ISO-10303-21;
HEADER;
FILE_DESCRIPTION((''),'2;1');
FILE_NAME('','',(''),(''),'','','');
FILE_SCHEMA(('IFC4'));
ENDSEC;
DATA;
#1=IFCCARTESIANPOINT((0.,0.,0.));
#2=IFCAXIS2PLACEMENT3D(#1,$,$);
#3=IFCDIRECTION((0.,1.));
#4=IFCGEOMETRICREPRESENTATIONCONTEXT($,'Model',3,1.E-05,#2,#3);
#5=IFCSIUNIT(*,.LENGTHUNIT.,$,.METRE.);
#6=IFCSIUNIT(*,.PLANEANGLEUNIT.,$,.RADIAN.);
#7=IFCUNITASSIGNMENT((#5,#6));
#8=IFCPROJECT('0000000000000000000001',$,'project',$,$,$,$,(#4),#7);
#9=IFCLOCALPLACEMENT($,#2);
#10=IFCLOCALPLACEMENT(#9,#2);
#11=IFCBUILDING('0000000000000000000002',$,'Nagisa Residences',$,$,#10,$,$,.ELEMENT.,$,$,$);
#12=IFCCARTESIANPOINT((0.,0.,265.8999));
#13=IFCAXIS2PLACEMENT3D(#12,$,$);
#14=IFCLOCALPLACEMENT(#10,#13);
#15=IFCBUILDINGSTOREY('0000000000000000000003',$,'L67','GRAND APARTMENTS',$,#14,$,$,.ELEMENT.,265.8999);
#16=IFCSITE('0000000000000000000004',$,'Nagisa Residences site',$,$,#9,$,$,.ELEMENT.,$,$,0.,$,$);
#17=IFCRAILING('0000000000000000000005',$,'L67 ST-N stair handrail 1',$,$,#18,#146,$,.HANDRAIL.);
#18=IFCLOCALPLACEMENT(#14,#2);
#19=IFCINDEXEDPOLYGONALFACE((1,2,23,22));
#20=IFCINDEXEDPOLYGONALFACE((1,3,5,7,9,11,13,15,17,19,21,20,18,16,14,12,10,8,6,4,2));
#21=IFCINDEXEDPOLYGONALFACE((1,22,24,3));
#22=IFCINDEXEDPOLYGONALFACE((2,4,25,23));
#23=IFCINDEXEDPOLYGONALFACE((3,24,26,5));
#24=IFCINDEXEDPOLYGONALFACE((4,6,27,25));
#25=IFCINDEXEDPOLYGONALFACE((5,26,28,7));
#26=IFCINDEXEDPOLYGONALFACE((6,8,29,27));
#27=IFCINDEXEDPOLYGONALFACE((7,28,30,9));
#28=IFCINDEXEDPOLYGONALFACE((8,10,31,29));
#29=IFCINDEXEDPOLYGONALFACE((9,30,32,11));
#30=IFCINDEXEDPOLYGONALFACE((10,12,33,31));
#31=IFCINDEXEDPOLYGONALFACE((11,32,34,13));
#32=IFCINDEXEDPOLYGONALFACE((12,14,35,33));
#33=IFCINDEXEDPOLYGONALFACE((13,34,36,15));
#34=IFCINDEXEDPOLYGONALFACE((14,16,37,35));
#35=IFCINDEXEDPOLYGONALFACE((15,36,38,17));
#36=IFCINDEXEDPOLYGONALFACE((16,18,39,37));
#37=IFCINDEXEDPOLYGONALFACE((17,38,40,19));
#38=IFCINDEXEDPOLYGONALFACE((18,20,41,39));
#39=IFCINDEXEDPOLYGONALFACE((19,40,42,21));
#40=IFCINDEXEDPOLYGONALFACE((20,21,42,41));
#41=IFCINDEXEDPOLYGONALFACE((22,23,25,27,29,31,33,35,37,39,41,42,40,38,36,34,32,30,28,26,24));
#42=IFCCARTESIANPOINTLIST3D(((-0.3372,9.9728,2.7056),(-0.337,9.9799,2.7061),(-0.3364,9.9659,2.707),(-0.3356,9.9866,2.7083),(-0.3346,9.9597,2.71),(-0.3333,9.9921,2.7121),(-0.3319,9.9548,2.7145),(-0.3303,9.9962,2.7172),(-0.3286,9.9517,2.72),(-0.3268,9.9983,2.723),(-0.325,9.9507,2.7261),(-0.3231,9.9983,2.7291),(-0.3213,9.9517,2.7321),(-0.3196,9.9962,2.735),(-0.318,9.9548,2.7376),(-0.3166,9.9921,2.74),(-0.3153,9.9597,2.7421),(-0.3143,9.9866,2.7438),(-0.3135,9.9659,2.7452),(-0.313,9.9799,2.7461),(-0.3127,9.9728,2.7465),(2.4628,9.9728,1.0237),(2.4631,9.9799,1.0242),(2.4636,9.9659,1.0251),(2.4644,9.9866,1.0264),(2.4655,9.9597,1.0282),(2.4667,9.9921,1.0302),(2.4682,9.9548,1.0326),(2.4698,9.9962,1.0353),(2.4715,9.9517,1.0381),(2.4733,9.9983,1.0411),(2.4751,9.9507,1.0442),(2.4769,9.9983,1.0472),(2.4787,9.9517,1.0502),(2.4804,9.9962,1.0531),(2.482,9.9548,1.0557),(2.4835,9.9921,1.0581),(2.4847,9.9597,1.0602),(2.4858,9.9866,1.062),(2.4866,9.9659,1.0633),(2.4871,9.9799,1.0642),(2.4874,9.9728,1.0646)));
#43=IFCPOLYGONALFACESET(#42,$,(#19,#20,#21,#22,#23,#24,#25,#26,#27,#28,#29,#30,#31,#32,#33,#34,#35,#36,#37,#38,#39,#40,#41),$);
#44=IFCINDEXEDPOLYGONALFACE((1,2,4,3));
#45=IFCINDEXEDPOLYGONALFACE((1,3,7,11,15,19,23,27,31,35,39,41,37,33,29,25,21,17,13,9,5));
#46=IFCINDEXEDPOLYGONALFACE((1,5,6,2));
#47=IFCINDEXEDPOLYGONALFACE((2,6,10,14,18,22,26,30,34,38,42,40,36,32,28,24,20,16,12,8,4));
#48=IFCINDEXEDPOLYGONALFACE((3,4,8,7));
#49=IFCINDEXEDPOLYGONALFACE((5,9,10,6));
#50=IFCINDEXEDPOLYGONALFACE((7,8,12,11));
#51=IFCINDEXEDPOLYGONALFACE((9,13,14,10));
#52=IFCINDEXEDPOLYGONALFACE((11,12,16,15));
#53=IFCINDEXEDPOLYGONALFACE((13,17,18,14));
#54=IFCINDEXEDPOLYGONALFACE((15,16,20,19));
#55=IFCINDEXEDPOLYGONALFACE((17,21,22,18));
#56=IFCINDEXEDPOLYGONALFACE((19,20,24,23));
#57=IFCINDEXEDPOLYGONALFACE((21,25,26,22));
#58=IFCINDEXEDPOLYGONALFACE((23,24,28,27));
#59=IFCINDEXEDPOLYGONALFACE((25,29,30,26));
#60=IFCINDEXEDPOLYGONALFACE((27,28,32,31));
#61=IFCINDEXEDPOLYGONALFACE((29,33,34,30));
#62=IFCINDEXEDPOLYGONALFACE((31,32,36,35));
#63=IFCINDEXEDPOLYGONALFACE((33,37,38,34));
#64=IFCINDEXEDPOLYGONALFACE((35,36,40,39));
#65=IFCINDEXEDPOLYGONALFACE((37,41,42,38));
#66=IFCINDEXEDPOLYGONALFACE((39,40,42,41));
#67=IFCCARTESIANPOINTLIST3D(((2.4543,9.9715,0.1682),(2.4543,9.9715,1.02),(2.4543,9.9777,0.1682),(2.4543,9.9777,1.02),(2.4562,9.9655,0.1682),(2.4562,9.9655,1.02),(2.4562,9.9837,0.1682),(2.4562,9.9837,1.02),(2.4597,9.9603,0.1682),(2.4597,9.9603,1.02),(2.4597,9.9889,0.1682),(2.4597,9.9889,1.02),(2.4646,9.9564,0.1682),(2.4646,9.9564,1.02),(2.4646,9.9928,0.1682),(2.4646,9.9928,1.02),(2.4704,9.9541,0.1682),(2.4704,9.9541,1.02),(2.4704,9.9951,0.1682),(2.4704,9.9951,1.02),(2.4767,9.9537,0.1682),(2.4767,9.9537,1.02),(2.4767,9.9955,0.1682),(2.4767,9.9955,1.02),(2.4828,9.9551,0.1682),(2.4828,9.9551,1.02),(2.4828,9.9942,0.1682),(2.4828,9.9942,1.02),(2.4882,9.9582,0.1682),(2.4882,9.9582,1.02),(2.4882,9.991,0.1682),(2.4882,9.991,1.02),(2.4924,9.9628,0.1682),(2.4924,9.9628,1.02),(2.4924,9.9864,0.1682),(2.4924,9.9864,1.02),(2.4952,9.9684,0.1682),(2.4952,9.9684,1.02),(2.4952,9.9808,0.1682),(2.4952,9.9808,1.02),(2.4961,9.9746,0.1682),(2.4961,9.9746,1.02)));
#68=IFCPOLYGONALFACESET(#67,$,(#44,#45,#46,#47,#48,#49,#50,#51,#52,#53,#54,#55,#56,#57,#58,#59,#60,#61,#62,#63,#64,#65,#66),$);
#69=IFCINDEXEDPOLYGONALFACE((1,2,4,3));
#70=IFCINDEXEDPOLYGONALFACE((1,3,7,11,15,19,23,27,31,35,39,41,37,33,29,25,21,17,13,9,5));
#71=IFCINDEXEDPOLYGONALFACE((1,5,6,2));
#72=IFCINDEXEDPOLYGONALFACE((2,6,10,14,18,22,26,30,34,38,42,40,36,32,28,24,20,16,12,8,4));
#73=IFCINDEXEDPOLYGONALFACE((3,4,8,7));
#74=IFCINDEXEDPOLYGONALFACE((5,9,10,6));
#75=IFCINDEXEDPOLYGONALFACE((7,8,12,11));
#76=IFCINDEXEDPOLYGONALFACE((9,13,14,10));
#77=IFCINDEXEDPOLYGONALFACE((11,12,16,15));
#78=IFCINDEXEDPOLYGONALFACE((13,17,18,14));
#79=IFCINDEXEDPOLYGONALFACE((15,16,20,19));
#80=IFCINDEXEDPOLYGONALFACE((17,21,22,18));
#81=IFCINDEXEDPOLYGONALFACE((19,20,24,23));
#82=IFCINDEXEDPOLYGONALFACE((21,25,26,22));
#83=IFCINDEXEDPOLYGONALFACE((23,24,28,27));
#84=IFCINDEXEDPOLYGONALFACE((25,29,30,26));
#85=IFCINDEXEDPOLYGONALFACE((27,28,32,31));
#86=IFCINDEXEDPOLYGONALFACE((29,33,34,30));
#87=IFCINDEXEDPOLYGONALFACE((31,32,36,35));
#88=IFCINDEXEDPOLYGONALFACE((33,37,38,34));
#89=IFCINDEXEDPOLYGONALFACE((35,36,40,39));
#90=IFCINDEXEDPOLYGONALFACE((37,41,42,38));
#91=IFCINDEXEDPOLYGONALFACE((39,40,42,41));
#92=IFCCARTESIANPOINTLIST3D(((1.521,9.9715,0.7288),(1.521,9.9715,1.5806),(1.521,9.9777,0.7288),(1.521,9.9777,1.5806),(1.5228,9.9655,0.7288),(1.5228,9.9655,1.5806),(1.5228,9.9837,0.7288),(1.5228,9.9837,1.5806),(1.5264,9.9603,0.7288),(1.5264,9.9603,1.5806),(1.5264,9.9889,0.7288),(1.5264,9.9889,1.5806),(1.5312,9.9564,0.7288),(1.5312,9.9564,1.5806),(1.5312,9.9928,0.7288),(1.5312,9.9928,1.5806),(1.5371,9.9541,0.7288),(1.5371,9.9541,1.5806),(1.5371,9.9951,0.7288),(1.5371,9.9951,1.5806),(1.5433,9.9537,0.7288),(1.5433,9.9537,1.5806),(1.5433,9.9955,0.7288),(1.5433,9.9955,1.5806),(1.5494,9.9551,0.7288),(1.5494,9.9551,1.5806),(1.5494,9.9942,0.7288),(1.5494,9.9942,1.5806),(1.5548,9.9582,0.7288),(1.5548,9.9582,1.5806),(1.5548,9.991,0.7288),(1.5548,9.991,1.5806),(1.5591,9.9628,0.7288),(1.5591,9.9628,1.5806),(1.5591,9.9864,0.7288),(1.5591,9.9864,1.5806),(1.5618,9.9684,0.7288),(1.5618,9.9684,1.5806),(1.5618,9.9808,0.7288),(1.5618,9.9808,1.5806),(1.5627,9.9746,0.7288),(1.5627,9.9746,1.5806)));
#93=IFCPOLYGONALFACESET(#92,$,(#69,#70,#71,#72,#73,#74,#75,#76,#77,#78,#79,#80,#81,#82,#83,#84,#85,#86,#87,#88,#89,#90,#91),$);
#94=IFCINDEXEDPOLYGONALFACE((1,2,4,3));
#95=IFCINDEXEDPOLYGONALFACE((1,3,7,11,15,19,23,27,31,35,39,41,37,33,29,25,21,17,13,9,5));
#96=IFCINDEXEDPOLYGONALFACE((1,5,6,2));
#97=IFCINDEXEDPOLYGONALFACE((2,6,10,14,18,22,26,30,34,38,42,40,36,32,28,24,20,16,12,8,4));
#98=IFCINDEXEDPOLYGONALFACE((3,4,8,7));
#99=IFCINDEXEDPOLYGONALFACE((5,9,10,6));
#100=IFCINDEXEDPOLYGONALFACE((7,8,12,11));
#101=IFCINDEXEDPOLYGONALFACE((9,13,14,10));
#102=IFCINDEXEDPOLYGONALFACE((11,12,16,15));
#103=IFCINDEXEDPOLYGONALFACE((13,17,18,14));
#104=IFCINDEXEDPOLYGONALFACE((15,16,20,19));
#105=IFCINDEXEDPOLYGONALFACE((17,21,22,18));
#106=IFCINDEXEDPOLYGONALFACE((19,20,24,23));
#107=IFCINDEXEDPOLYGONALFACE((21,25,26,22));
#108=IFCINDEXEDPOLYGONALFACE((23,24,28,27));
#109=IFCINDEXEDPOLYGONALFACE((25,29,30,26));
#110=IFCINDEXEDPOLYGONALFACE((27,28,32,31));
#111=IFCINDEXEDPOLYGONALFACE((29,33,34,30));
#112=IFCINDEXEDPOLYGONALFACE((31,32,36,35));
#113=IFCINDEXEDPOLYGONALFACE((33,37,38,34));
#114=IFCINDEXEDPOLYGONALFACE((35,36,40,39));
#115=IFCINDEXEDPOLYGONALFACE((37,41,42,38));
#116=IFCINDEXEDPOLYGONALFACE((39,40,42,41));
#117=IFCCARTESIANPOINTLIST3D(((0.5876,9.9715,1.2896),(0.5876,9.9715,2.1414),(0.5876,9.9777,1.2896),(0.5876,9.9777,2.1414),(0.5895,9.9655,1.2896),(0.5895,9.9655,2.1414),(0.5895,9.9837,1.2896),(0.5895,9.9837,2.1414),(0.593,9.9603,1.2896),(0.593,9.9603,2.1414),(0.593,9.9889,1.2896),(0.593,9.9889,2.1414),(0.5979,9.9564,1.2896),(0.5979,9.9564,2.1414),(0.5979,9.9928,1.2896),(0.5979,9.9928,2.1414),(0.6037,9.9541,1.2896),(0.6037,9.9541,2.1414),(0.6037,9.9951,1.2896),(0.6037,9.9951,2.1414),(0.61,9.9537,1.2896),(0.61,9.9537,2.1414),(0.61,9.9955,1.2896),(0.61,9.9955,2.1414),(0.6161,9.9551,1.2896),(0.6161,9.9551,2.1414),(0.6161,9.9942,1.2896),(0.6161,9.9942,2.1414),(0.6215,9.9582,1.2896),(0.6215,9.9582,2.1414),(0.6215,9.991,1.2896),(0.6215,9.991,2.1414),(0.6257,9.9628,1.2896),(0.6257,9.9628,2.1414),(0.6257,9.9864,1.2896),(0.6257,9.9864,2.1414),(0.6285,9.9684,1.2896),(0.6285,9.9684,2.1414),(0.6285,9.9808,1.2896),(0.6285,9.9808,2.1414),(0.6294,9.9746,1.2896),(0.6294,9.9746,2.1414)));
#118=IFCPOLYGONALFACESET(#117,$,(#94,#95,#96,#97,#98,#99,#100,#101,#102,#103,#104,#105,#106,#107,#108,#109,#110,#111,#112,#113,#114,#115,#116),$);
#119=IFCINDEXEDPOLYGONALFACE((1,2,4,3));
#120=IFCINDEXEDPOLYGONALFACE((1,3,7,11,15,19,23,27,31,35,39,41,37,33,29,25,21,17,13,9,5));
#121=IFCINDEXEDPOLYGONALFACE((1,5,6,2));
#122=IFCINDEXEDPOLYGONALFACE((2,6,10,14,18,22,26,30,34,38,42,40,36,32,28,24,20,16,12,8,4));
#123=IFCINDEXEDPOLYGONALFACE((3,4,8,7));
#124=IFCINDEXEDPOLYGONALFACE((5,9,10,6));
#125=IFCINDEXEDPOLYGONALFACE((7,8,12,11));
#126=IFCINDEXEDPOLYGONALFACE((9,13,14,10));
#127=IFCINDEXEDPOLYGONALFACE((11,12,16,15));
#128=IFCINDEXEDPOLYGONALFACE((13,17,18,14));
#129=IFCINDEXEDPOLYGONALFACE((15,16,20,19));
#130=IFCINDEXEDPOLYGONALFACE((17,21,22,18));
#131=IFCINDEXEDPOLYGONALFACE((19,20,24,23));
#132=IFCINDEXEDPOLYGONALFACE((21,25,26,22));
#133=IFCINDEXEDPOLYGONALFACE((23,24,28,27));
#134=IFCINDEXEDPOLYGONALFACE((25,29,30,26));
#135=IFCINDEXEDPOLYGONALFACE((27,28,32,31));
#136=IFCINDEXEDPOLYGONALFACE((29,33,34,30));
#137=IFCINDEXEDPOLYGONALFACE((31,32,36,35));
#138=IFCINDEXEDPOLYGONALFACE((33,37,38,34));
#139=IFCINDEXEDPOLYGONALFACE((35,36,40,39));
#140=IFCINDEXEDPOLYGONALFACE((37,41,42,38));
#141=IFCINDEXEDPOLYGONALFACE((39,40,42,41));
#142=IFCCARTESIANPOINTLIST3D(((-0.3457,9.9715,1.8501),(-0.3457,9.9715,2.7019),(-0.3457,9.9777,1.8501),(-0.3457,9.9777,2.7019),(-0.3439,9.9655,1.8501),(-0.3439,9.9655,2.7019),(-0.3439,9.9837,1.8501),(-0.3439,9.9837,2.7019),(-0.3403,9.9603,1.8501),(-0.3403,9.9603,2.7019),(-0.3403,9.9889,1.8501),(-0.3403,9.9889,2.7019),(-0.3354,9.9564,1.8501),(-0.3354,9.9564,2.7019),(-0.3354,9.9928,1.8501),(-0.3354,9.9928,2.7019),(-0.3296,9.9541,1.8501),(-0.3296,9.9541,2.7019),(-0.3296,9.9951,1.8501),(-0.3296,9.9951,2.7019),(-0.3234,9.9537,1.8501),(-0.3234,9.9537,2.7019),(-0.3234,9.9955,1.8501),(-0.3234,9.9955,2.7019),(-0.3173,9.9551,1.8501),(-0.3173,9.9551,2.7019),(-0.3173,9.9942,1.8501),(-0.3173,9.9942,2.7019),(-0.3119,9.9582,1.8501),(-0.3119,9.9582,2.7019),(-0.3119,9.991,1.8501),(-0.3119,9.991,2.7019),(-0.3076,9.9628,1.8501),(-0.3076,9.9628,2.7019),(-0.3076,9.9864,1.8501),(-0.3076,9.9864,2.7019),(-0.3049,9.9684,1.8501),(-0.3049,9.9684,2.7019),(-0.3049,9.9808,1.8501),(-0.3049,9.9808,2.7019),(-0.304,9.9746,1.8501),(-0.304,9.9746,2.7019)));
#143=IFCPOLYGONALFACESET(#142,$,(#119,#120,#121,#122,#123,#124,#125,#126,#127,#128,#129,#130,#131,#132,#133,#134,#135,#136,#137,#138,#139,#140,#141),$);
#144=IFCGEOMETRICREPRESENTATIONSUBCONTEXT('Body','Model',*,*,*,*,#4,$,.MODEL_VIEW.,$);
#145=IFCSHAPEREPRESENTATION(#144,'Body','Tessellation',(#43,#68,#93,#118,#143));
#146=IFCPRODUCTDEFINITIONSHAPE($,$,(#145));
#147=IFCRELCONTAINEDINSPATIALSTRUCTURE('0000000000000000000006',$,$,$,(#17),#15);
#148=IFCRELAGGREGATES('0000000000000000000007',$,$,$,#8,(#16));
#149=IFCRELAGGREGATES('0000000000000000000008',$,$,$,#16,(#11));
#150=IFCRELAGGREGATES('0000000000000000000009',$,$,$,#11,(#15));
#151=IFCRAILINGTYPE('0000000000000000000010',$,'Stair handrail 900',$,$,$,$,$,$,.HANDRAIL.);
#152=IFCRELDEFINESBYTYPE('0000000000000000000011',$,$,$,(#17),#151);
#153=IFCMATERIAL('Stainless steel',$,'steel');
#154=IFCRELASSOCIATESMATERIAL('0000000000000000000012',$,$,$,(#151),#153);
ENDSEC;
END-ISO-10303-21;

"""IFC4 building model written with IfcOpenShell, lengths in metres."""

from ifc_helpers import new_model, si_unit, direction, frame, origin, origin_2d, place, context, subcontext, project, spatial, circle, extrude, material, type_object, element, save


model = new_model("IFC4")

# Units and contexts
model_context = context("Model", 3, precision=1e-05, world=origin(), true_north=direction((0.0, 1.0)))
body_context = subcontext(model_context, "Body", "Model", "MODEL_VIEW")
ifc_project = project(units=[si_unit("LENGTHUNIT", "METRE"), si_unit("PLANEANGLEUNIT", "RADIAN")], contexts=[model_context])

# Site, building, storey
site_placement = place(None, origin())
site = spatial("IfcSite", under=ifc_project, at=site_placement, Name="Nagisa Residences site", CompositionType="ELEMENT", RefElevation=0.0)
building_placement = place(site_placement, origin())
building = spatial("IfcBuilding", under=site, at=building_placement, Name="Nagisa Residences", CompositionType="ELEMENT")
storey_placement = place(building_placement, frame((0.0, 0.0, 265.8999)))
storey = spatial("IfcBuildingStorey", under=building, at=storey_placement, Name="L67", Description="GRAND APARTMENTS", CompositionType="ELEMENT", Elevation=265.8999)

# Railing
ifc_material_1 = material(Name="Stainless steel", Category="steel")
railing_type_1 = type_object("IfcRailingType", Name="Stair handrail 900", PredefinedType="HANDRAIL", material=ifc_material_1)
railing_1_placement = place(storey_placement, frame((2.4751, 9.9746, 0.1682)))
element("IfcRailing", 1, at=railing_1_placement, inside=storey, type_object=railing_type_1, Name="L67 ST-N stair handrail 1", PredefinedType="HANDRAIL", context=body_context, shape_type="SweptSolid", body=[
    extrude(circle(Radius=0.0239, at=origin_2d()), frame((0.0, 0.0, 0.876), z_axis=(-0.857242, 0.0, 0.514913), x_axis=(0.0, -1.0, 0.0)), (0.0, 0.0, 1.0), 3.2664),
    extrude(circle(Radius=0.021, at=origin_2d()), origin(), (0.0, 0.0, 1.0), 0.8518),
    extrude(circle(Radius=0.021, at=origin_2d()), frame((-0.9333, 0.0, 0.5605)), (0.0, 0.0, 1.0), 0.8518),
    extrude(circle(Radius=0.021, at=origin_2d()), frame((-1.8667, 0.0, 1.1213)), (0.0, 0.0, 1.0), 0.8518),
    extrude(circle(Radius=0.021, at=origin_2d()), frame((-2.8, 0.0, 1.6819)), (0.0, 0.0, 1.0), 0.8518),
])

save(model, "model.ifc")
